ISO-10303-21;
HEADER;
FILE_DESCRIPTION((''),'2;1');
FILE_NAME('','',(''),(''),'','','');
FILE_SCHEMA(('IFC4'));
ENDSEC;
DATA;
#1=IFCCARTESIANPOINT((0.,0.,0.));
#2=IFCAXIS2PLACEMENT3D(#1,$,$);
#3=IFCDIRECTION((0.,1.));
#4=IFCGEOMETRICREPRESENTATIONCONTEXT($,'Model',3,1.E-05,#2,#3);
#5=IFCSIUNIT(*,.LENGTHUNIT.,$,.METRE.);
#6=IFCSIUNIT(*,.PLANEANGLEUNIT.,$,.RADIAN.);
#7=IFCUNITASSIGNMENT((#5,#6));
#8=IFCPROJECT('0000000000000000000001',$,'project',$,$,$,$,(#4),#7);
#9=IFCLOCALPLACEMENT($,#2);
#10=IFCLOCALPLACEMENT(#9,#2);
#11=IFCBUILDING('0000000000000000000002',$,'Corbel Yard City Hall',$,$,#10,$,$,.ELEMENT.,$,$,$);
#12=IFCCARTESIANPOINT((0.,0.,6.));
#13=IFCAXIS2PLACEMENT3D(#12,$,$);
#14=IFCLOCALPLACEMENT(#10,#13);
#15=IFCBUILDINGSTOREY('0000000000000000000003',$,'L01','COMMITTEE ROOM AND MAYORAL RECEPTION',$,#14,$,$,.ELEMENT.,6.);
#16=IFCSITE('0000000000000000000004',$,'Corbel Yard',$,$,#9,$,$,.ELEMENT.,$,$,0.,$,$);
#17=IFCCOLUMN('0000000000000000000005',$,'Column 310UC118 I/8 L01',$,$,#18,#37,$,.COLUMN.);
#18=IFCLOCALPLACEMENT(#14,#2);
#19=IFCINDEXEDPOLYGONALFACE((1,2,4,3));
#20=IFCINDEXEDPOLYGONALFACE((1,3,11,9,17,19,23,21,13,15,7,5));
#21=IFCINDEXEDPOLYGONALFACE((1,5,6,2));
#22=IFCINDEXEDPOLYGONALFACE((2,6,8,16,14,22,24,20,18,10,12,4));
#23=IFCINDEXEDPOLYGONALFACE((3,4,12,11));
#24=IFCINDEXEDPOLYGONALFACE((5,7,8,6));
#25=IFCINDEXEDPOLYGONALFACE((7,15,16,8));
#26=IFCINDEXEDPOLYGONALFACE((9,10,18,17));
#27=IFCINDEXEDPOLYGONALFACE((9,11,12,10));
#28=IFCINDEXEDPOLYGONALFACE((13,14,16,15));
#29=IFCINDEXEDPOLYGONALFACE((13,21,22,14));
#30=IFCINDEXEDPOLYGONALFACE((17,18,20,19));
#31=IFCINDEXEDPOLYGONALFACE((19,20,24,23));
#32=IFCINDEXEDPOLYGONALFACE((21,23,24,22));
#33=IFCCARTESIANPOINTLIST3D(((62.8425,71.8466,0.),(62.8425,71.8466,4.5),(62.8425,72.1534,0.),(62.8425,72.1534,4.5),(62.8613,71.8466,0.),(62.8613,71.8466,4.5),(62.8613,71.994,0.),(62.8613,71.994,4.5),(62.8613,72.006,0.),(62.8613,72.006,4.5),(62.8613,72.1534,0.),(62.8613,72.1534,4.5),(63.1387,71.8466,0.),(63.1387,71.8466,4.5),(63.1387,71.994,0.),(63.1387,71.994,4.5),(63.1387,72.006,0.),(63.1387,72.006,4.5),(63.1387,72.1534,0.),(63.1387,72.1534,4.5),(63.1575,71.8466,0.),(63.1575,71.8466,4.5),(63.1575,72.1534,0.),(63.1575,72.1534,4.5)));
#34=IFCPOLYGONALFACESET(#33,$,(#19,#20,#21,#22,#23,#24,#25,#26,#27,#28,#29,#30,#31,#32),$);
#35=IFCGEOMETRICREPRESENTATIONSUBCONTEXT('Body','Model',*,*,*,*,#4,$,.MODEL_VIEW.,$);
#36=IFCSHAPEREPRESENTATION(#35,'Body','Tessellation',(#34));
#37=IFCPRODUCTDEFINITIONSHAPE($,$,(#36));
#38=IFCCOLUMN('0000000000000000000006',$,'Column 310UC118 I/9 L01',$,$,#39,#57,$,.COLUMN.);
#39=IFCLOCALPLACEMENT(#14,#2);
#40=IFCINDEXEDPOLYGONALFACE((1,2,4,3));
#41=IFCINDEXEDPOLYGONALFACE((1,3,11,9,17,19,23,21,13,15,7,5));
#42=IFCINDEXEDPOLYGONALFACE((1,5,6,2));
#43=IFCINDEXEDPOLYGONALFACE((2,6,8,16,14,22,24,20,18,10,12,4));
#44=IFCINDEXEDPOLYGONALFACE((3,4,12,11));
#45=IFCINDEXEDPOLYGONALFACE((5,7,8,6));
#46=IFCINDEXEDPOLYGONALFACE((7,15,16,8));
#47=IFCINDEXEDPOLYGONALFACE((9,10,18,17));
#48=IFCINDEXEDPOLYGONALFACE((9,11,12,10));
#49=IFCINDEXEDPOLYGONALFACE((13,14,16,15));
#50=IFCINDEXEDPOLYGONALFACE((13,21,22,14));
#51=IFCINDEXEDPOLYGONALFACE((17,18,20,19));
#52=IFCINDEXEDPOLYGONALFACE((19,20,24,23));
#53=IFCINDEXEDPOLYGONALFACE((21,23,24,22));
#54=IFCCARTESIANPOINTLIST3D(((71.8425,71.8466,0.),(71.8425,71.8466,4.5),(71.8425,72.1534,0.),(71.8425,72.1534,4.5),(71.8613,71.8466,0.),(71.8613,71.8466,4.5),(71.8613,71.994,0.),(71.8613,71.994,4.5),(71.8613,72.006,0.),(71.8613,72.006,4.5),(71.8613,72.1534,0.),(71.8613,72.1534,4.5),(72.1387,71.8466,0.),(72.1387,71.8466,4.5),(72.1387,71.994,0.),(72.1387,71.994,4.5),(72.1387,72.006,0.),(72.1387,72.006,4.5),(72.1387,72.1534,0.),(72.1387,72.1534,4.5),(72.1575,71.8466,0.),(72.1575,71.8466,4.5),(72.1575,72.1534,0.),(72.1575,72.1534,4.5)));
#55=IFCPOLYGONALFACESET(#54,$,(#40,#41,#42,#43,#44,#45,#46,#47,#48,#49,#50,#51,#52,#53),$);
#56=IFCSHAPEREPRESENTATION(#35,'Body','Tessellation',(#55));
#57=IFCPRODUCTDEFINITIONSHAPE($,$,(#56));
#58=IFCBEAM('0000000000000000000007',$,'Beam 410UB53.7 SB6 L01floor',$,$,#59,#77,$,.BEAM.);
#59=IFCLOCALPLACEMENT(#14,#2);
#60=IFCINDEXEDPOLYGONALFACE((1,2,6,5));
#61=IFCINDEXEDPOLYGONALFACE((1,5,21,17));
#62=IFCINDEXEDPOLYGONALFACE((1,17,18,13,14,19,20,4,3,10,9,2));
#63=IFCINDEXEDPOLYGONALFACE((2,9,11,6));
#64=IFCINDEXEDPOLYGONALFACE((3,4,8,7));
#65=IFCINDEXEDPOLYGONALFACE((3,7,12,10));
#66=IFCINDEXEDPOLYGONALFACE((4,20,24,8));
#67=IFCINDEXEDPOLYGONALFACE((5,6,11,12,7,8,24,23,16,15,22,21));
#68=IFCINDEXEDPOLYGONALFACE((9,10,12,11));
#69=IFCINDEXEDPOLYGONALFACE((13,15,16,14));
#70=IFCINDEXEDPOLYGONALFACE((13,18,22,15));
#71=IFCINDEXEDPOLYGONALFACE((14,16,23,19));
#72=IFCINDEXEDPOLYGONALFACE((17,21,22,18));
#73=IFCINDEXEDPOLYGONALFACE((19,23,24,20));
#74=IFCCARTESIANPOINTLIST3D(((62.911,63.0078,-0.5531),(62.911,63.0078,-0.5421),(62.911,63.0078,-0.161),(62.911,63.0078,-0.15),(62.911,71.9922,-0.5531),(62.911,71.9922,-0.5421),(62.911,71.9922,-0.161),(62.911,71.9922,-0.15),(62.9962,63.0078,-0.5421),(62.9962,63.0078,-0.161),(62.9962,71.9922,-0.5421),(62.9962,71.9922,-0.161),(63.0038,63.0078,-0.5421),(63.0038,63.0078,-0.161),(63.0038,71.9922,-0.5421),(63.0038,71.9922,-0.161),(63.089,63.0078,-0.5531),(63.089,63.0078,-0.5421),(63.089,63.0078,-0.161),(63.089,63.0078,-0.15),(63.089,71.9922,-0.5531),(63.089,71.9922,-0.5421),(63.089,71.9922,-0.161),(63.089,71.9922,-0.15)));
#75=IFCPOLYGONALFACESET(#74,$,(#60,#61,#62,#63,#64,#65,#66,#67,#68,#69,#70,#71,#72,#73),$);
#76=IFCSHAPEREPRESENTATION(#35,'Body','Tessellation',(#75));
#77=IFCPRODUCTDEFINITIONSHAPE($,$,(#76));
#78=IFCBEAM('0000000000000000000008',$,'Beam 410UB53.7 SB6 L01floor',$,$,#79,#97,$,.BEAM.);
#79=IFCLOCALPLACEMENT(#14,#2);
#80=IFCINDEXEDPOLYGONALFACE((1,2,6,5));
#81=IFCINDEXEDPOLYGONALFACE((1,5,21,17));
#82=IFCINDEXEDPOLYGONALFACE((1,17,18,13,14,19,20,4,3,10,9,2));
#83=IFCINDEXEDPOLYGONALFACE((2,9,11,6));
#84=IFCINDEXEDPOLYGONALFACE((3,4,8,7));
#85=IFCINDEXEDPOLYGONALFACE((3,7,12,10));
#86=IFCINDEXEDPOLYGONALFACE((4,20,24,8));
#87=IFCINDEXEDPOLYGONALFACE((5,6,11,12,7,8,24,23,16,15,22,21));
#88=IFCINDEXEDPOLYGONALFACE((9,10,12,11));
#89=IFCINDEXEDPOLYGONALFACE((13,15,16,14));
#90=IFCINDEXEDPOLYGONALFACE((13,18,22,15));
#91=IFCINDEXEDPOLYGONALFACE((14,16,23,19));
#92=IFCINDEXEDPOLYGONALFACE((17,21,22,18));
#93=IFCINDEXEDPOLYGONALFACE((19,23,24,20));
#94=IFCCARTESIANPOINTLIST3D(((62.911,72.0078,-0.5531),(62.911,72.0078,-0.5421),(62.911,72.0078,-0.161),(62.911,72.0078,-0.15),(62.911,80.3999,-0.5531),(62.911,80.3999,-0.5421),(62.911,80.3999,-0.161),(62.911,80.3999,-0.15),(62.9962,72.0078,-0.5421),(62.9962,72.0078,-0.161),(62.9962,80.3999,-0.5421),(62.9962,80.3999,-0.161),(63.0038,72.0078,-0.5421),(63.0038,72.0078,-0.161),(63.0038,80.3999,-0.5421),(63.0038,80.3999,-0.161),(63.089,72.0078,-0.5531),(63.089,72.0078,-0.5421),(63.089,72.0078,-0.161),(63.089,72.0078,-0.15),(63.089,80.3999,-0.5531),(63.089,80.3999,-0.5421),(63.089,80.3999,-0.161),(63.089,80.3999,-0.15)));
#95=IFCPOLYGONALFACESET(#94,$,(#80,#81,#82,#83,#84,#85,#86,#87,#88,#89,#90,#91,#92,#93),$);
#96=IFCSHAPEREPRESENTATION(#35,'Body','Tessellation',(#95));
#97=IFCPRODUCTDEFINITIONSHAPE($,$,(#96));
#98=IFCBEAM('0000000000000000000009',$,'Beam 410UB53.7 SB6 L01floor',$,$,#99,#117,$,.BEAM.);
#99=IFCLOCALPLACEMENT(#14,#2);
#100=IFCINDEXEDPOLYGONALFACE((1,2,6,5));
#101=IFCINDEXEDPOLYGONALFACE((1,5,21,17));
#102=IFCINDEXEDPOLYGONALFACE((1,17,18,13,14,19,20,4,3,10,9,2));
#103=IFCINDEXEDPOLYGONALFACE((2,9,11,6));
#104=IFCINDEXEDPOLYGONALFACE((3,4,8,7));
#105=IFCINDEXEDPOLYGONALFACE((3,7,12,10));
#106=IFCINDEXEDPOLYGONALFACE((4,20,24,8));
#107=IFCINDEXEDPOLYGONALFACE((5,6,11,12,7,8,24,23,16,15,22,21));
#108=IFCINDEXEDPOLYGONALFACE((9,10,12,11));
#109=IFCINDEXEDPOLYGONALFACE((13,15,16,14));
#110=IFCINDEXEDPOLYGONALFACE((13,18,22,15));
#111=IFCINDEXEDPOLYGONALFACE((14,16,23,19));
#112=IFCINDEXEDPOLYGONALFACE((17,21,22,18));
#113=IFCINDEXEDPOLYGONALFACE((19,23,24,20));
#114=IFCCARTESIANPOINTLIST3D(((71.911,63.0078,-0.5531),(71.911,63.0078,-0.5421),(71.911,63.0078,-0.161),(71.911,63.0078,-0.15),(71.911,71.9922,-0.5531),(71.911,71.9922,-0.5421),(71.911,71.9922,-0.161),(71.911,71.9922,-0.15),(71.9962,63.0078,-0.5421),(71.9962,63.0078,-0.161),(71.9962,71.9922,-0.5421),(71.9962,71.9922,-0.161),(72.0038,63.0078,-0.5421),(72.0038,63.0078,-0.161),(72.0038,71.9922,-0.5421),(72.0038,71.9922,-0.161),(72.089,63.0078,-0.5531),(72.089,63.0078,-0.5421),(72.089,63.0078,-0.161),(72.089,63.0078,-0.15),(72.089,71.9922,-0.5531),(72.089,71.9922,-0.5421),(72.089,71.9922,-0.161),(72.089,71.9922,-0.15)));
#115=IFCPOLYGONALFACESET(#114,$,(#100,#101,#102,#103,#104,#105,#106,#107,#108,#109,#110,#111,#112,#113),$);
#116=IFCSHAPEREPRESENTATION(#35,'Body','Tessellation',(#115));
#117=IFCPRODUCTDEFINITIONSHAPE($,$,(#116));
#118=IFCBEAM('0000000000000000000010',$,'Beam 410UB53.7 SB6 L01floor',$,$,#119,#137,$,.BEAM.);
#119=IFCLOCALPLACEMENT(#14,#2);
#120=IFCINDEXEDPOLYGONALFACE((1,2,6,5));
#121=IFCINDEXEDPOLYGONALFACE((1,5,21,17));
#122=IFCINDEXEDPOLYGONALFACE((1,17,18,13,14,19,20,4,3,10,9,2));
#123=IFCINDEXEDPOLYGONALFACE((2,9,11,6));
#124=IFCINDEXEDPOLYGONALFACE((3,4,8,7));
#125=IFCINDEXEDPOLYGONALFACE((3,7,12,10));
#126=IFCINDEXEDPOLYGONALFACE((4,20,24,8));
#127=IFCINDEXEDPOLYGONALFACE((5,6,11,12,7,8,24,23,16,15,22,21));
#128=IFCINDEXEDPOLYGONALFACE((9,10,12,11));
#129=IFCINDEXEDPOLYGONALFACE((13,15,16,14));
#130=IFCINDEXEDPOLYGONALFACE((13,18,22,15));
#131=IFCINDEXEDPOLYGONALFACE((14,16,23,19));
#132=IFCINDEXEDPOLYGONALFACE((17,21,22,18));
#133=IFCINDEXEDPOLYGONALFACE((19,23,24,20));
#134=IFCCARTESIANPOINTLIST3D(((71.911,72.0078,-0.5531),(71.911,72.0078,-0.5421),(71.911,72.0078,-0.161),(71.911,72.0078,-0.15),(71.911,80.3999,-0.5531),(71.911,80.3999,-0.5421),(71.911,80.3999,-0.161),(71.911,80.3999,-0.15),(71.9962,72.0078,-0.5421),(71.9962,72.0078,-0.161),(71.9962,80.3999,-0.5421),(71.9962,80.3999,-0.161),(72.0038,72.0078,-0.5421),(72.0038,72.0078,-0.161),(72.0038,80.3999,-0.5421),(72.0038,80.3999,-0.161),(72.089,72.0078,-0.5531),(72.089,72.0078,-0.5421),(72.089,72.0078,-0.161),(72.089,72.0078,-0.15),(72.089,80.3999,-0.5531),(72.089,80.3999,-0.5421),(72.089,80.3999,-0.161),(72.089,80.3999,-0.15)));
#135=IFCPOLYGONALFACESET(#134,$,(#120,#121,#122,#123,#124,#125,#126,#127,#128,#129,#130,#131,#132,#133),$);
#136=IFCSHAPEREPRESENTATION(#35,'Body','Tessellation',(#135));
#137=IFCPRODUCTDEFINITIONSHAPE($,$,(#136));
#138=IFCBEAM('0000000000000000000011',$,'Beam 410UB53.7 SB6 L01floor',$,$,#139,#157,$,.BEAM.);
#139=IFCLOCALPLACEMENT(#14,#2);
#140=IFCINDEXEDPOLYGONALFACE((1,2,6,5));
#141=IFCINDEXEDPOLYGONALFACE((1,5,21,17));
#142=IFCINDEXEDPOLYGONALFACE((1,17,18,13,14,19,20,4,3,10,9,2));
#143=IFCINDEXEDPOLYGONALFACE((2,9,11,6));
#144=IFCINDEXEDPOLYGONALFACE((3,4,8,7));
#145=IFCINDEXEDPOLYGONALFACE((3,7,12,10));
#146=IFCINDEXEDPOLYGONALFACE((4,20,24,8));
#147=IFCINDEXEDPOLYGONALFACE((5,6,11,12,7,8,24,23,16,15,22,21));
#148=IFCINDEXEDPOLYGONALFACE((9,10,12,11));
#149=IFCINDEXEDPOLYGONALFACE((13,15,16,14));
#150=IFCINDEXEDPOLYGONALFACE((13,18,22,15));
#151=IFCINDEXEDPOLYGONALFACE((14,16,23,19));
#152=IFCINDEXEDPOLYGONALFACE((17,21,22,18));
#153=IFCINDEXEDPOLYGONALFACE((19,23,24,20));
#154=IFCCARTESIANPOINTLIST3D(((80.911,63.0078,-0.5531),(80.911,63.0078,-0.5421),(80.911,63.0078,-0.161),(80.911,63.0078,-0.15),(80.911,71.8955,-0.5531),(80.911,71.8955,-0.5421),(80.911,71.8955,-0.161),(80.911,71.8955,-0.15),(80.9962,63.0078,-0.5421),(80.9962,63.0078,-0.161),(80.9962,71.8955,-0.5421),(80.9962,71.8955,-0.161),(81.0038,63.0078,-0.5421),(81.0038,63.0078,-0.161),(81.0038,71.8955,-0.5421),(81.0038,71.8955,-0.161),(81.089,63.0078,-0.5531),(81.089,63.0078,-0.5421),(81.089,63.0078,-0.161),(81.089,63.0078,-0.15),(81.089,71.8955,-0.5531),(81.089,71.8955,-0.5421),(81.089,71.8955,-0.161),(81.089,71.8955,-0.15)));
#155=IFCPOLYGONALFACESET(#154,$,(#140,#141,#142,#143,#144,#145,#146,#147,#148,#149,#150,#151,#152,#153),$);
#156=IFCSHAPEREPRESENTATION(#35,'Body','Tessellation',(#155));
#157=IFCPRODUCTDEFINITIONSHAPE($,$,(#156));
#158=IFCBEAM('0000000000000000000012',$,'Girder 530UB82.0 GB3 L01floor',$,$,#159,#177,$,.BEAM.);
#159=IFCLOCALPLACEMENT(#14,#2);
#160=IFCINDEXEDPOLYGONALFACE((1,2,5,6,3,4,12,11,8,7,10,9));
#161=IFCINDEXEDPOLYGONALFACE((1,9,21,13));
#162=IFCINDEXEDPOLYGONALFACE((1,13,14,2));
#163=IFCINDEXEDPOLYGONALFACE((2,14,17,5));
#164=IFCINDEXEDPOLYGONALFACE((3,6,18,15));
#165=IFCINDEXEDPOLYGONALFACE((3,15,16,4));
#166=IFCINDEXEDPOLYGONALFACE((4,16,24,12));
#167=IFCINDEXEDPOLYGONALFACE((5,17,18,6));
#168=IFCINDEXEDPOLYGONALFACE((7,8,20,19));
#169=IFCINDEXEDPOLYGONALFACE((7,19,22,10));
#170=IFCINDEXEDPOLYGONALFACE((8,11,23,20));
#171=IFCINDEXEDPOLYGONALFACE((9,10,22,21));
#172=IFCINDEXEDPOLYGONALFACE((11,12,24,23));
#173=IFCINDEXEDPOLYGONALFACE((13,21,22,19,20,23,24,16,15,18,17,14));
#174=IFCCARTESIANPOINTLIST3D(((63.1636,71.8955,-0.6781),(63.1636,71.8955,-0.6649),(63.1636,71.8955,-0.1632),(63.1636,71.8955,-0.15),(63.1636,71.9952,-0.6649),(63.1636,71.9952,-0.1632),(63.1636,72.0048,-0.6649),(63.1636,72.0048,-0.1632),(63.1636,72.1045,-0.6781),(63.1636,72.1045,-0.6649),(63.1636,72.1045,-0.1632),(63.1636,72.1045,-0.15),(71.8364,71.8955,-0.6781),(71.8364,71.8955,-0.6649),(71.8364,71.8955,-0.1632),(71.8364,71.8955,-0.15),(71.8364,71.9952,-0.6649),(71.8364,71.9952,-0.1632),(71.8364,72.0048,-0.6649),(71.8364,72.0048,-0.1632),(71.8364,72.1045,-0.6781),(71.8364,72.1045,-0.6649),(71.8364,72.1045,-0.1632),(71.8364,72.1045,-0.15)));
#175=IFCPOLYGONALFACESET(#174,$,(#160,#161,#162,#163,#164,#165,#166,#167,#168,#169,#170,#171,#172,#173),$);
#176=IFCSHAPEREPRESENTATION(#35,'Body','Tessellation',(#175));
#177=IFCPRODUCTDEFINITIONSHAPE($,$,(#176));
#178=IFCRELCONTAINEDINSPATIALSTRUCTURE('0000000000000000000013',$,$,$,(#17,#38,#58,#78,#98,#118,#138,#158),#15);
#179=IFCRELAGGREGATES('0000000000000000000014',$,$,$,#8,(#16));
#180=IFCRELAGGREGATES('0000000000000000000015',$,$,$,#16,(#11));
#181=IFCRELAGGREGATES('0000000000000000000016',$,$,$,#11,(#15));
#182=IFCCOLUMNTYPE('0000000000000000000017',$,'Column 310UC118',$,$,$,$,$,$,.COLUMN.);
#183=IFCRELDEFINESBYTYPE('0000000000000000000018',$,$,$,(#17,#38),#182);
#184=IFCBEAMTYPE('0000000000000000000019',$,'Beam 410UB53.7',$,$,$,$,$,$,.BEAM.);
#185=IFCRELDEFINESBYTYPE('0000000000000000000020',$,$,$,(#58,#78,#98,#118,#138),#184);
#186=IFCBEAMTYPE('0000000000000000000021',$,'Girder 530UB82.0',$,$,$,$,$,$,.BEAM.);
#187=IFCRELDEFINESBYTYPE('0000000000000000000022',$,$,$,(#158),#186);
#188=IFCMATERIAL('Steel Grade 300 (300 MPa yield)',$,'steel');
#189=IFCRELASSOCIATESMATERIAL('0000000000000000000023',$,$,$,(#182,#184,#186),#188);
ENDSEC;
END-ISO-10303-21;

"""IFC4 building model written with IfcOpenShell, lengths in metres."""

from ifc_helpers import new_model, si_unit, direction, frame, origin, origin_2d, place, context, subcontext, project, spatial, i_section, extrude, material, material_profile, profile_set, type_object, element, save


model = new_model("IFC4")

# Units and contexts
model_context = context("Model", 3, precision=1e-05, world=origin(), true_north=direction((0.0, 1.0)))
body_context = subcontext(model_context, "Body", "Model", "MODEL_VIEW")
ifc_project = project(units=[si_unit("LENGTHUNIT", "METRE"), si_unit("PLANEANGLEUNIT", "RADIAN")], contexts=[model_context])

# Site, building, storey
site_placement = place(None, origin())
site = spatial("IfcSite", under=ifc_project, at=site_placement, Name="Corbel Yard", CompositionType="ELEMENT", RefElevation=0.0)
building_placement = place(site_placement, origin())
building = spatial("IfcBuilding", under=site, at=building_placement, Name="Corbel Yard City Hall", CompositionType="ELEMENT")
storey_placement = place(building_placement, frame((0.0, 0.0, 6.0)))
storey = spatial("IfcBuildingStorey", under=building, at=storey_placement, Name="L01", Description="COMMITTEE ROOM AND MAYORAL RECEPTION", CompositionType="ELEMENT", Elevation=6.0)

# Columns
ifc_material_1 = material(Name="Steel Grade 300 (300 MPa yield)", Category="steel")
ifc_material_profile_1 = material_profile(ifc_material_1, i_section(OverallWidth=0.3069, OverallDepth=0.3149, WebThickness=0.012, FlangeThickness=0.0188, at=origin_2d()), Name="310UC118")
ifc_profile_set_1 = profile_set([ifc_material_profile_1], Name="Steel Grade 300 (300 MPa yield)")
column_type = type_object("IfcColumnType", Name="Column 310UC118", PredefinedType="COLUMN", material=ifc_profile_set_1)
for number, where, z_axis, x_axis, name in (
    (1, (63.0, 72.0, 0.0), (0.0, 0.0, 1.0), (0.0, 1.0, 0.0), "Column 310UC118 I/8 L01"),
    (2, (72.0, 72.0, 0.0), (0.0, 0.0, 1.0), (0.0, 1.0, 0.0), "Column 310UC118 I/9 L01"),
):
    element("IfcColumn", number, at=place(storey_placement, frame(where, z_axis=z_axis, x_axis=x_axis)), inside=storey, type_object=column_type, Name=name, PredefinedType="COLUMN", context=body_context, shape_type="SweptSolid", body=[
        extrude(i_section(OverallWidth=0.3069, OverallDepth=0.3149, WebThickness=0.012, FlangeThickness=0.0188, at=origin_2d()), origin(), (0.0, 0.0, 1.0), 4.5),
    ])

# Beams
ifc_material_profile_2 = material_profile(ifc_material_1, i_section(OverallWidth=0.178, OverallDepth=0.4031, WebThickness=0.0076, FlangeThickness=0.011, at=origin_2d()), Name="410UB53.7")
ifc_profile_set_2 = profile_set([ifc_material_profile_2], Name="Steel Grade 300 (300 MPa yield)")
beam_type_1 = type_object("IfcBeamType", Name="Beam 410UB53.7", PredefinedType="BEAM", material=ifc_profile_set_2)
beam_1_placement = place(storey_placement, frame((63.0, 63.0078, -0.3516), z_axis=(0.0, 1.0, 0.0), x_axis=(-1.0, 0.0, 0.0)))
element("IfcBeam", 3, at=beam_1_placement, inside=storey, type_object=beam_type_1, Name="Beam 410UB53.7 SB6 L01floor", PredefinedType="BEAM", context=body_context, shape_type="SweptSolid", body=[
    extrude(i_section(OverallWidth=0.178, OverallDepth=0.4031, WebThickness=0.0076, FlangeThickness=0.011, at=origin_2d()), origin(), (0.0, 0.0, 1.0), 8.9844),
])
beam_2_placement = place(storey_placement, frame((63.0, 72.0078, -0.3516), z_axis=(0.0, 1.0, 0.0), x_axis=(-1.0, 0.0, 0.0)))
element("IfcBeam", 4, at=beam_2_placement, inside=storey, type_object=beam_type_1, Name="Beam 410UB53.7 SB6 L01floor", PredefinedType="BEAM", context=body_context, shape_type="SweptSolid", body=[
    extrude(i_section(OverallWidth=0.178, OverallDepth=0.4031, WebThickness=0.0076, FlangeThickness=0.011, at=origin_2d()), origin(), (0.0, 0.0, 1.0), 8.3921),
])
beam_3_placement = place(storey_placement, frame((72.0, 63.0078, -0.3516), z_axis=(0.0, 1.0, 0.0), x_axis=(-1.0, 0.0, 0.0)))
element("IfcBeam", 5, at=beam_3_placement, inside=storey, type_object=beam_type_1, Name="Beam 410UB53.7 SB6 L01floor", PredefinedType="BEAM", context=body_context, shape_type="SweptSolid", body=[
    extrude(i_section(OverallWidth=0.178, OverallDepth=0.4031, WebThickness=0.0076, FlangeThickness=0.011, at=origin_2d()), origin(), (0.0, 0.0, 1.0), 8.9844),
])
beam_4_placement = place(storey_placement, frame((72.0, 72.0078, -0.3516), z_axis=(0.0, 1.0, 0.0), x_axis=(-1.0, 0.0, 0.0)))
element("IfcBeam", 6, at=beam_4_placement, inside=storey, type_object=beam_type_1, Name="Beam 410UB53.7 SB6 L01floor", PredefinedType="BEAM", context=body_context, shape_type="SweptSolid", body=[
    extrude(i_section(OverallWidth=0.178, OverallDepth=0.4031, WebThickness=0.0076, FlangeThickness=0.011, at=origin_2d()), origin(), (0.0, 0.0, 1.0), 8.3921),
])
beam_5_placement = place(storey_placement, frame((81.0, 63.0078, -0.3516), z_axis=(0.0, 1.0, 0.0), x_axis=(-1.0, 0.0, 0.0)))
element("IfcBeam", 7, at=beam_5_placement, inside=storey, type_object=beam_type_1, Name="Beam 410UB53.7 SB6 L01floor", PredefinedType="BEAM", context=body_context, shape_type="SweptSolid", body=[
    extrude(i_section(OverallWidth=0.178, OverallDepth=0.4031, WebThickness=0.0076, FlangeThickness=0.011, at=origin_2d()), origin(), (0.0, 0.0, 1.0), 8.8877),
])
ifc_material_profile_3 = material_profile(ifc_material_1, i_section(OverallWidth=0.209, OverallDepth=0.5281, WebThickness=0.0095, FlangeThickness=0.0132, at=origin_2d()), Name="530UB82.0")
ifc_profile_set_3 = profile_set([ifc_material_profile_3], Name="Steel Grade 300 (300 MPa yield)")
beam_type_2 = type_object("IfcBeamType", Name="Girder 530UB82.0", PredefinedType="BEAM", material=ifc_profile_set_3)
beam_6_placement = place(storey_placement, frame((63.1636, 72.0, -0.4141), z_axis=(1.0, 0.0, 0.0), x_axis=(0.0, 1.0, 0.0)))
element("IfcBeam", 8, at=beam_6_placement, inside=storey, type_object=beam_type_2, Name="Girder 530UB82.0 GB3 L01floor", PredefinedType="BEAM", context=body_context, shape_type="SweptSolid", body=[
    extrude(i_section(OverallWidth=0.209, OverallDepth=0.5281, WebThickness=0.0095, FlangeThickness=0.0132, at=origin_2d()), origin(), (0.0, 0.0, 1.0), 8.6729),
])

save(model, "model.ifc")
